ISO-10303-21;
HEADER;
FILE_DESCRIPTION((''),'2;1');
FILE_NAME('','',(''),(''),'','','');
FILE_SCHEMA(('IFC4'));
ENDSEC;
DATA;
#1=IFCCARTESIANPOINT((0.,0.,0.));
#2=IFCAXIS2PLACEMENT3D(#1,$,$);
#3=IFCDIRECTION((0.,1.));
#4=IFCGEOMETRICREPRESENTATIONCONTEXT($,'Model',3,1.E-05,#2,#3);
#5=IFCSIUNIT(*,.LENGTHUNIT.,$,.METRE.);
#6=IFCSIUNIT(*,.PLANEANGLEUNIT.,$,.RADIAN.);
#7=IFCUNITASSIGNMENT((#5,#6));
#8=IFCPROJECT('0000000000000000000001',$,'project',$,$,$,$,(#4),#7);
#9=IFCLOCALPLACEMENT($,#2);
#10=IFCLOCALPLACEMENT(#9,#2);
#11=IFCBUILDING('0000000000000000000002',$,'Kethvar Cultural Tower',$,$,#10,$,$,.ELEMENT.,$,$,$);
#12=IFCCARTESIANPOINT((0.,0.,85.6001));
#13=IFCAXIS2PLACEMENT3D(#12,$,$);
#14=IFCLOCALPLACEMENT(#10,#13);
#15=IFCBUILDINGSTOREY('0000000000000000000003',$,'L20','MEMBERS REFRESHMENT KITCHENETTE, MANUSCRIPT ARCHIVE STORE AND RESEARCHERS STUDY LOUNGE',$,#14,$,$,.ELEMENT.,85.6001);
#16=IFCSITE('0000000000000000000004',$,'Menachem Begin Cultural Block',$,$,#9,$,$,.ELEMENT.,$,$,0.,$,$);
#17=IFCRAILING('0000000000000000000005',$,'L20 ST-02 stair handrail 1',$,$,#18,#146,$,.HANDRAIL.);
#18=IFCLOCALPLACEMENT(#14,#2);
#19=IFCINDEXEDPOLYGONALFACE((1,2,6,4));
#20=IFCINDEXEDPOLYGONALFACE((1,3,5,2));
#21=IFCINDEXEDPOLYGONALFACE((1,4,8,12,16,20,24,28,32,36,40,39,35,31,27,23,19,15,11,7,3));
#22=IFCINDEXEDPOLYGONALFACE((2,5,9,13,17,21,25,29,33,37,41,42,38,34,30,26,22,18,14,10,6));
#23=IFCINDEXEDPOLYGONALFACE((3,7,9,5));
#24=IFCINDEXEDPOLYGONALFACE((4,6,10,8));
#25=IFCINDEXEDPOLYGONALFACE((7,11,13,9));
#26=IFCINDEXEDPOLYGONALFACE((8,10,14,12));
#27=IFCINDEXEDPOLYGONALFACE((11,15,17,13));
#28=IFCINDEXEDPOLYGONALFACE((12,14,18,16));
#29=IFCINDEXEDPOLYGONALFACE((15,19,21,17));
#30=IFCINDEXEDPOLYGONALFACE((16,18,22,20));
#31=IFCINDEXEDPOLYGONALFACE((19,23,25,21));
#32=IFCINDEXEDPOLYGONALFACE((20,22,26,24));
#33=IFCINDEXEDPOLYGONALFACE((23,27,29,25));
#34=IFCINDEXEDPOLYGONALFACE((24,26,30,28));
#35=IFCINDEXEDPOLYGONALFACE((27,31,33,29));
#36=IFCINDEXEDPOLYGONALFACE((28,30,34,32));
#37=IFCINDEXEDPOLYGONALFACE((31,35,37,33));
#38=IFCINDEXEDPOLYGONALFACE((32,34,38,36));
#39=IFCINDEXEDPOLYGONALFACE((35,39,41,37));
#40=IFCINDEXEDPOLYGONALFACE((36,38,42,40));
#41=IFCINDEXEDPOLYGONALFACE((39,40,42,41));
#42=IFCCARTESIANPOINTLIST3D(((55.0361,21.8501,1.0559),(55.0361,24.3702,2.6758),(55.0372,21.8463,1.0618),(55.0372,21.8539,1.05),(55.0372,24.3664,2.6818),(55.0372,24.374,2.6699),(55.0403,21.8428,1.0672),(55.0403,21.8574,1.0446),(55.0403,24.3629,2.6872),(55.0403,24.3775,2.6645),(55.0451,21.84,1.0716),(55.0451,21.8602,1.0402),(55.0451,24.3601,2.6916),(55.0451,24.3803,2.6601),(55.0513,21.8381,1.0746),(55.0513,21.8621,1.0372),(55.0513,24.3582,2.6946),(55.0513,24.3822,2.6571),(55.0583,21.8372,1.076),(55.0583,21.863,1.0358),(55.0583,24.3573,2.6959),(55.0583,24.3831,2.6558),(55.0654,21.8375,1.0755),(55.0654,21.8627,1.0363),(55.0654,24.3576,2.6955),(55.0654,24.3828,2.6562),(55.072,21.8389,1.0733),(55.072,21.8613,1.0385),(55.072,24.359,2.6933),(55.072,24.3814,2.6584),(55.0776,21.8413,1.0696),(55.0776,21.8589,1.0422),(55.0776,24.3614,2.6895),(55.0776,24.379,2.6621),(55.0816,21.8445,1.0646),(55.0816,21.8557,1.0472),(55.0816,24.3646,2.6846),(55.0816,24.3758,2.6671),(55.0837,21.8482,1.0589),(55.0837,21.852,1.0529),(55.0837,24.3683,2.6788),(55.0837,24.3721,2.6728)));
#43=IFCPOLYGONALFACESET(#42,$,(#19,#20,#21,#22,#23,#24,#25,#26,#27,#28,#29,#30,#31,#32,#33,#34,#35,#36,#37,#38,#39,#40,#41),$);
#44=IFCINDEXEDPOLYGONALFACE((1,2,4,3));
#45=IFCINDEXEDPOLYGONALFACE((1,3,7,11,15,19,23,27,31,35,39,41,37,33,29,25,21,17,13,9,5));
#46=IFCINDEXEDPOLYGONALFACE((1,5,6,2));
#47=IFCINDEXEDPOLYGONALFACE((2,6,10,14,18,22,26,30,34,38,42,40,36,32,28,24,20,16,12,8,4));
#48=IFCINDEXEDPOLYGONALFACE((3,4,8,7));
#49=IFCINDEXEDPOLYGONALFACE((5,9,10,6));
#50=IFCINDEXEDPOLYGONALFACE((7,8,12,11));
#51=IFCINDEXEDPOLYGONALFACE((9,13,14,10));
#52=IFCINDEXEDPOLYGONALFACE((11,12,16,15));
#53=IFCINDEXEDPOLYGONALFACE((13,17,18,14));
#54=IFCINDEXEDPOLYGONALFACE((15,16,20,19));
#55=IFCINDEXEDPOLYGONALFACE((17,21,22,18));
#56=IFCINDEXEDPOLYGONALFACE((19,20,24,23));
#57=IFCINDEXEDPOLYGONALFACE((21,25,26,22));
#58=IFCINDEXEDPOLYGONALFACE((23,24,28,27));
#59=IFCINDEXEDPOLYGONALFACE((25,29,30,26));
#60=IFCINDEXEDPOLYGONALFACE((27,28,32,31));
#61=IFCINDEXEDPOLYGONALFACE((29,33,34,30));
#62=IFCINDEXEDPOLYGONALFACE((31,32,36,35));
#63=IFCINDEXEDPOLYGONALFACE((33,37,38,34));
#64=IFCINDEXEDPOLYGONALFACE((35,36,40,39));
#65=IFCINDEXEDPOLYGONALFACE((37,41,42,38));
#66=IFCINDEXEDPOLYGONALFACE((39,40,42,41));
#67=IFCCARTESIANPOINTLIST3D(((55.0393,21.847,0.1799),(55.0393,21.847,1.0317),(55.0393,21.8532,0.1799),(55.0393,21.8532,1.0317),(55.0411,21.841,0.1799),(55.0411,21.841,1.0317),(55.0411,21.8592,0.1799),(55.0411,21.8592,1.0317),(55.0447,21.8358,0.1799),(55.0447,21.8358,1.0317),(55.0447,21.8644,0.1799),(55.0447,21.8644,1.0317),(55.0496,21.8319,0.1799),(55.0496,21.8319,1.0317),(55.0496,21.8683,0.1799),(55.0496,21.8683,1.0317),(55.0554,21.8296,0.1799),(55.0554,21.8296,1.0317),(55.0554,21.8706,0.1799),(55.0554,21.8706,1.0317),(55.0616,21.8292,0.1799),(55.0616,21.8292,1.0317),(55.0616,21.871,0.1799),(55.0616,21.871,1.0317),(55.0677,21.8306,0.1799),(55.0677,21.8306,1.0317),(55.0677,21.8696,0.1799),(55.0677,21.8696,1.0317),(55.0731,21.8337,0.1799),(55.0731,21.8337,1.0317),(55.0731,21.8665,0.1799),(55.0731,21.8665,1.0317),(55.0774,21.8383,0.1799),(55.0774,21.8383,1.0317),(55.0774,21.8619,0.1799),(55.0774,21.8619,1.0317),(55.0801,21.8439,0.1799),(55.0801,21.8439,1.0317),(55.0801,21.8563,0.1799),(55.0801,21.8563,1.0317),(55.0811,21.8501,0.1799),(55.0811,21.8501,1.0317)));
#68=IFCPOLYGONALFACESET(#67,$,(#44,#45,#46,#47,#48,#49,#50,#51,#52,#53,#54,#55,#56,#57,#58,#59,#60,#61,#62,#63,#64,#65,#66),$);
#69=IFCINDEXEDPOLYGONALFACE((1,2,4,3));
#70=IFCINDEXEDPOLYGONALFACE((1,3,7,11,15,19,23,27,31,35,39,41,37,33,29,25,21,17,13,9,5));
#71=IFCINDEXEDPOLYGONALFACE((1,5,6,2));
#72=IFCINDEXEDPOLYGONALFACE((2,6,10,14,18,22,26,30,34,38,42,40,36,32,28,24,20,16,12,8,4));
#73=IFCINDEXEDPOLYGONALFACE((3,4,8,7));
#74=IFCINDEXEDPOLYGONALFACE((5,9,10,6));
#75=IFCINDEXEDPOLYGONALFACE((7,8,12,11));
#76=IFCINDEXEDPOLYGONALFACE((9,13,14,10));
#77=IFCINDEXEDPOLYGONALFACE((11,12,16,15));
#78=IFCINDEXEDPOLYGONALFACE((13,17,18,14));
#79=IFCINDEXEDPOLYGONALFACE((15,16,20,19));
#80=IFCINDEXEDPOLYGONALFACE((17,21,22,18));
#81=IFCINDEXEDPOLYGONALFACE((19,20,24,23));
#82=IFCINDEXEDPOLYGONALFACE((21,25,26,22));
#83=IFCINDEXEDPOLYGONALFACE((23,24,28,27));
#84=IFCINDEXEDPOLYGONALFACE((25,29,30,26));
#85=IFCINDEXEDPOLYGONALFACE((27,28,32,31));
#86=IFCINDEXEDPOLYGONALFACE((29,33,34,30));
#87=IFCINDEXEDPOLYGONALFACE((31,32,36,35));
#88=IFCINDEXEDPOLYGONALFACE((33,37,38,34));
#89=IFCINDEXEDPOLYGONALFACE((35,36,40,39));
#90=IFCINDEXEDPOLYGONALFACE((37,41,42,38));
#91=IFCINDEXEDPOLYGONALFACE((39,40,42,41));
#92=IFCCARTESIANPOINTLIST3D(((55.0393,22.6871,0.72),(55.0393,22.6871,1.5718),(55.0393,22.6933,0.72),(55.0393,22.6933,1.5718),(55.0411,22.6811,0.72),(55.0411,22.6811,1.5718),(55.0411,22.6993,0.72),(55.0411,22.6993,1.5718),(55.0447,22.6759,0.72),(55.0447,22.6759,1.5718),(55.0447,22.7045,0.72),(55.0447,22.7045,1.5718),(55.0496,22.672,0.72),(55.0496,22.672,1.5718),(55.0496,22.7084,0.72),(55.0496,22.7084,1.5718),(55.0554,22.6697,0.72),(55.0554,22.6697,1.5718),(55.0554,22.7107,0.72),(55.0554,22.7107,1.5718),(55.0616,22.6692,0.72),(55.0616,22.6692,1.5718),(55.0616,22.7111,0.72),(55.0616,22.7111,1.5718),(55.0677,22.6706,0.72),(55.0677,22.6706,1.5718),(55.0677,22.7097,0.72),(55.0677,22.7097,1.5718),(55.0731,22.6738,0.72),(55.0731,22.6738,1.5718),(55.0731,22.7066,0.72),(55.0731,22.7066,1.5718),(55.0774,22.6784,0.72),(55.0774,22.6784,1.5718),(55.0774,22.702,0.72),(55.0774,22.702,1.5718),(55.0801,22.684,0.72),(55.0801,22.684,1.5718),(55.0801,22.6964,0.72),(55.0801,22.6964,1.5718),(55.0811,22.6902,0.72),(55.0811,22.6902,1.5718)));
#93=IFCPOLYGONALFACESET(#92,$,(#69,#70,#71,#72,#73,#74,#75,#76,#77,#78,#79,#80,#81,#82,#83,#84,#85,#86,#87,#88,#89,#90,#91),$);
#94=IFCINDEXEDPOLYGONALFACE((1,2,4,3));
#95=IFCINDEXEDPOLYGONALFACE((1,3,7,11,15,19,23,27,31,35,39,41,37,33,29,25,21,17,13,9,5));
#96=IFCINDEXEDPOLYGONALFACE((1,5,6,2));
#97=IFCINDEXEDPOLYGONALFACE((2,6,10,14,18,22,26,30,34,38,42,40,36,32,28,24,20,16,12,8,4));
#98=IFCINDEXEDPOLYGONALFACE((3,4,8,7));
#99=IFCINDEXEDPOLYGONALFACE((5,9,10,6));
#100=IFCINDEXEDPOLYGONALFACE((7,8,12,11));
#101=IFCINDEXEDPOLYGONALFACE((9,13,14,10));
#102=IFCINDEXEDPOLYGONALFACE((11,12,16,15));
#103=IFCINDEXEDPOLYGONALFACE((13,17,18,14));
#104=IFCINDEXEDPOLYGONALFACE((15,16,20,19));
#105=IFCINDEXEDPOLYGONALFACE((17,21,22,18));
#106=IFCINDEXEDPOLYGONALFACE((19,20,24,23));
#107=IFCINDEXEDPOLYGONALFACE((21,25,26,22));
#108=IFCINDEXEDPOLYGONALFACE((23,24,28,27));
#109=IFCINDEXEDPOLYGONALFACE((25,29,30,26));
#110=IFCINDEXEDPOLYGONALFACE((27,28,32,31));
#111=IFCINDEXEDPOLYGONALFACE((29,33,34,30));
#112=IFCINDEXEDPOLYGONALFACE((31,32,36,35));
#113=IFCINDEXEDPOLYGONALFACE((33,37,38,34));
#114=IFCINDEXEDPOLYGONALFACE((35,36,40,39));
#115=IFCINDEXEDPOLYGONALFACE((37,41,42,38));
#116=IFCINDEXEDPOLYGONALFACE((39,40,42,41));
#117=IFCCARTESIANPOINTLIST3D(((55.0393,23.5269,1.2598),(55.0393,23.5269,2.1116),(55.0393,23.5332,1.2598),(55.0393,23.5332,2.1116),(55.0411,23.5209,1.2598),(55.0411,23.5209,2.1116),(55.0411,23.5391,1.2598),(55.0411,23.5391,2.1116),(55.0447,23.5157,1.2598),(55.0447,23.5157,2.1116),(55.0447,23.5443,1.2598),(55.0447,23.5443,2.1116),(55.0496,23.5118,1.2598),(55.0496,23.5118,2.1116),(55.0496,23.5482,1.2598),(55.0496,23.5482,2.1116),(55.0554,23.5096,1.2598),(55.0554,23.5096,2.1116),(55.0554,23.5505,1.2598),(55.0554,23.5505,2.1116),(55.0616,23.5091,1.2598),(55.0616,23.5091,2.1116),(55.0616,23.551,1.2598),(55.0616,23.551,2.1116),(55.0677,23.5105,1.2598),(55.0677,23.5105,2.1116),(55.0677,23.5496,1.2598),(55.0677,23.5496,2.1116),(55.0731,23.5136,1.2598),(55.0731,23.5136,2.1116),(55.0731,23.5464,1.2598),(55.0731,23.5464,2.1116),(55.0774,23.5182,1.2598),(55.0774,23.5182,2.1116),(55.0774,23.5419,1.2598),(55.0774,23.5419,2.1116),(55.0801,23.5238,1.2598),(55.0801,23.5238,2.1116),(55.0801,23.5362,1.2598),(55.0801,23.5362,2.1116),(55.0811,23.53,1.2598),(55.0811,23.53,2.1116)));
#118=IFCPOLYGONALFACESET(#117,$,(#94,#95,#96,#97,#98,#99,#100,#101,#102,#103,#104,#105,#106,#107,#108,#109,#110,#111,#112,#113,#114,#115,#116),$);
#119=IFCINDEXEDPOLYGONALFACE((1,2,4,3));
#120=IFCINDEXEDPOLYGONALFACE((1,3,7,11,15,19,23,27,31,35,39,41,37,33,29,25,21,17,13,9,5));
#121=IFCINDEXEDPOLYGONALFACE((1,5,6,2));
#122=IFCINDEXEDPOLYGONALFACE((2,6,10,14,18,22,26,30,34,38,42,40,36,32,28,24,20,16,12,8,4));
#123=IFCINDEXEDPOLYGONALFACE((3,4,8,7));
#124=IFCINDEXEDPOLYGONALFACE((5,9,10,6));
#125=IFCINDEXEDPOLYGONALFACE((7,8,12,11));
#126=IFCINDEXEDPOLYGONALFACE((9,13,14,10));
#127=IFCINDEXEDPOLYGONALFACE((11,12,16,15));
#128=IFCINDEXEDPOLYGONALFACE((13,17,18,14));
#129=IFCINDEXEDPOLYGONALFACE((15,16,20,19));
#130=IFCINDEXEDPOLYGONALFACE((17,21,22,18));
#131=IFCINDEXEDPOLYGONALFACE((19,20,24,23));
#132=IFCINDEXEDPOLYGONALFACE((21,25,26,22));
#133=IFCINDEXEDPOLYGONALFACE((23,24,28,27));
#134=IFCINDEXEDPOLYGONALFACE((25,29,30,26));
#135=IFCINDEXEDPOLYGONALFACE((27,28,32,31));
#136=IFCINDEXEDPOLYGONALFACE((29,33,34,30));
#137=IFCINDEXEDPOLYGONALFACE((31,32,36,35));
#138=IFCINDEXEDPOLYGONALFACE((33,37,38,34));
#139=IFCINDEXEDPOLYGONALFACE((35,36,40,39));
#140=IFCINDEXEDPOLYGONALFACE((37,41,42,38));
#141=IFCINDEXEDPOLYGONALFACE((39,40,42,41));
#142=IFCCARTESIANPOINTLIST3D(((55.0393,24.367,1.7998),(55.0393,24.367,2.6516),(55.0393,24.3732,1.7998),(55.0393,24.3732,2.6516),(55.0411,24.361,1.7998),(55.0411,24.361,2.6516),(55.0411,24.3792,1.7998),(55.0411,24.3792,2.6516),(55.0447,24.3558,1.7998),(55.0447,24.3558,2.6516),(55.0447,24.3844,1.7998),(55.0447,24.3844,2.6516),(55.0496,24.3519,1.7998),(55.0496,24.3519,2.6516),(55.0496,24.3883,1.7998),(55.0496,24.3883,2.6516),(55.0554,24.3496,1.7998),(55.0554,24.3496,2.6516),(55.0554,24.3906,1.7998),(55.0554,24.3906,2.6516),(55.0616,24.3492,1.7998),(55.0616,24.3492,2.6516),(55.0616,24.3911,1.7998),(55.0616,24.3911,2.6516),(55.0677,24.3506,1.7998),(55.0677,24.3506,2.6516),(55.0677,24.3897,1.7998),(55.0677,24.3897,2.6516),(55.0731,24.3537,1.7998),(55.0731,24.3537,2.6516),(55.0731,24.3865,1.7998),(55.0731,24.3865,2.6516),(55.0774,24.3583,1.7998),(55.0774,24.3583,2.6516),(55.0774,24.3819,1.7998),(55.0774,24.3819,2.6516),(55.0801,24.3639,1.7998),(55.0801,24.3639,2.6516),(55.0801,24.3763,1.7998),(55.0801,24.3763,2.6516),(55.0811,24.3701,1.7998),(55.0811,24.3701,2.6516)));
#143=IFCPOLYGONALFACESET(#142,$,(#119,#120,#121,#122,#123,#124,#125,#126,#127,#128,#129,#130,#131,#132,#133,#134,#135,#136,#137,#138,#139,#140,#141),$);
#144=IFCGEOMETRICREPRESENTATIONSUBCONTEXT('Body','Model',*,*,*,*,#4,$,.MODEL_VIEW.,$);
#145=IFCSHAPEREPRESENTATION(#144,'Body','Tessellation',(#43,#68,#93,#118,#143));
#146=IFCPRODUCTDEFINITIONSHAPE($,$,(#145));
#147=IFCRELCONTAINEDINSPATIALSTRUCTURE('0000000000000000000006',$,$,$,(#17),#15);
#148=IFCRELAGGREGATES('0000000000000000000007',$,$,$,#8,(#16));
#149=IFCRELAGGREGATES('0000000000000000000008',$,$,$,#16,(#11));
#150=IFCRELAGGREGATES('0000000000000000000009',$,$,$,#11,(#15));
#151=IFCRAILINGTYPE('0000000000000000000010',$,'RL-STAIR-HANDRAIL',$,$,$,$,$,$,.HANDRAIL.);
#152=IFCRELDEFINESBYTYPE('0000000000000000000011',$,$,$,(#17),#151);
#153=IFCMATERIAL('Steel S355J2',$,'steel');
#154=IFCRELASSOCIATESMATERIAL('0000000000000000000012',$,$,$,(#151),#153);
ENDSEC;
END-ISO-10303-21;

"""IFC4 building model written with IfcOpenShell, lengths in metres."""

from ifc_helpers import new_model, si_unit, direction, frame, origin, origin_2d, place, context, subcontext, project, spatial, circle, extrude, material, type_object, element, save


model = new_model("IFC4")

# Units and contexts
model_context = context("Model", 3, precision=1e-05, world=origin(), true_north=direction((0.0, 1.0)))
body_context = subcontext(model_context, "Body", "Model", "MODEL_VIEW")
ifc_project = project(units=[si_unit("LENGTHUNIT", "METRE"), si_unit("PLANEANGLEUNIT", "RADIAN")], contexts=[model_context])

# Site, building, storey
site_placement = place(None, origin())
site = spatial("IfcSite", under=ifc_project, at=site_placement, Name="Menachem Begin Cultural Block", CompositionType="ELEMENT", RefElevation=0.0)
building_placement = place(site_placement, origin())
building = spatial("IfcBuilding", under=site, at=building_placement, Name="Kethvar Cultural Tower", CompositionType="ELEMENT")
storey_placement = place(building_placement, frame((0.0, 0.0, 85.6001)))
storey = spatial("IfcBuildingStorey", under=building, at=storey_placement, Name="L20", Description="MEMBERS REFRESHMENT KITCHENETTE, MANUSCRIPT ARCHIVE STORE AND RESEARCHERS STUDY LOUNGE", CompositionType="ELEMENT", Elevation=85.6001)

# Shared definitions
ifc_material_1 = material(Name="Steel S355J2", Category="steel")

# Railing
railing_type_1 = type_object("IfcRailingType", Name="RL-STAIR-HANDRAIL", PredefinedType="HANDRAIL", material=ifc_material_1)
railing_1_placement = place(storey_placement, frame((55.0601, 21.8501, 0.1799)))
element("IfcRailing", 1, at=railing_1_placement, inside=storey, type_object=railing_type_1, Name="L20 ST-02 stair handrail 1", PredefinedType="HANDRAIL", context=body_context, shape_type="SweptSolid", body=[
    extrude(circle(Radius=0.0239, at=origin_2d()), frame((0.0, 0.0, 0.876), z_axis=(0.0, 0.8412, 0.540725), x_axis=(-1.0, 0.0, 0.0)), (0.0, 0.0, 1.0), 2.9958),
    extrude(circle(Radius=0.021, at=origin_2d()), origin(), (0.0, 0.0, 1.0), 0.8518),
    extrude(circle(Radius=0.021, at=origin_2d()), frame((0.0, 0.8401, 0.54)), (0.0, 0.0, 1.0), 0.8518),
    extrude(circle(Radius=0.021, at=origin_2d()), frame((0.0, 1.6799, 1.0798)), (0.0, 0.0, 1.0), 0.8518),
    extrude(circle(Radius=0.021, at=origin_2d()), frame((0.0, 2.52, 1.6199)), (0.0, 0.0, 1.0), 0.8518),
])

save(model, "model.ifc")
